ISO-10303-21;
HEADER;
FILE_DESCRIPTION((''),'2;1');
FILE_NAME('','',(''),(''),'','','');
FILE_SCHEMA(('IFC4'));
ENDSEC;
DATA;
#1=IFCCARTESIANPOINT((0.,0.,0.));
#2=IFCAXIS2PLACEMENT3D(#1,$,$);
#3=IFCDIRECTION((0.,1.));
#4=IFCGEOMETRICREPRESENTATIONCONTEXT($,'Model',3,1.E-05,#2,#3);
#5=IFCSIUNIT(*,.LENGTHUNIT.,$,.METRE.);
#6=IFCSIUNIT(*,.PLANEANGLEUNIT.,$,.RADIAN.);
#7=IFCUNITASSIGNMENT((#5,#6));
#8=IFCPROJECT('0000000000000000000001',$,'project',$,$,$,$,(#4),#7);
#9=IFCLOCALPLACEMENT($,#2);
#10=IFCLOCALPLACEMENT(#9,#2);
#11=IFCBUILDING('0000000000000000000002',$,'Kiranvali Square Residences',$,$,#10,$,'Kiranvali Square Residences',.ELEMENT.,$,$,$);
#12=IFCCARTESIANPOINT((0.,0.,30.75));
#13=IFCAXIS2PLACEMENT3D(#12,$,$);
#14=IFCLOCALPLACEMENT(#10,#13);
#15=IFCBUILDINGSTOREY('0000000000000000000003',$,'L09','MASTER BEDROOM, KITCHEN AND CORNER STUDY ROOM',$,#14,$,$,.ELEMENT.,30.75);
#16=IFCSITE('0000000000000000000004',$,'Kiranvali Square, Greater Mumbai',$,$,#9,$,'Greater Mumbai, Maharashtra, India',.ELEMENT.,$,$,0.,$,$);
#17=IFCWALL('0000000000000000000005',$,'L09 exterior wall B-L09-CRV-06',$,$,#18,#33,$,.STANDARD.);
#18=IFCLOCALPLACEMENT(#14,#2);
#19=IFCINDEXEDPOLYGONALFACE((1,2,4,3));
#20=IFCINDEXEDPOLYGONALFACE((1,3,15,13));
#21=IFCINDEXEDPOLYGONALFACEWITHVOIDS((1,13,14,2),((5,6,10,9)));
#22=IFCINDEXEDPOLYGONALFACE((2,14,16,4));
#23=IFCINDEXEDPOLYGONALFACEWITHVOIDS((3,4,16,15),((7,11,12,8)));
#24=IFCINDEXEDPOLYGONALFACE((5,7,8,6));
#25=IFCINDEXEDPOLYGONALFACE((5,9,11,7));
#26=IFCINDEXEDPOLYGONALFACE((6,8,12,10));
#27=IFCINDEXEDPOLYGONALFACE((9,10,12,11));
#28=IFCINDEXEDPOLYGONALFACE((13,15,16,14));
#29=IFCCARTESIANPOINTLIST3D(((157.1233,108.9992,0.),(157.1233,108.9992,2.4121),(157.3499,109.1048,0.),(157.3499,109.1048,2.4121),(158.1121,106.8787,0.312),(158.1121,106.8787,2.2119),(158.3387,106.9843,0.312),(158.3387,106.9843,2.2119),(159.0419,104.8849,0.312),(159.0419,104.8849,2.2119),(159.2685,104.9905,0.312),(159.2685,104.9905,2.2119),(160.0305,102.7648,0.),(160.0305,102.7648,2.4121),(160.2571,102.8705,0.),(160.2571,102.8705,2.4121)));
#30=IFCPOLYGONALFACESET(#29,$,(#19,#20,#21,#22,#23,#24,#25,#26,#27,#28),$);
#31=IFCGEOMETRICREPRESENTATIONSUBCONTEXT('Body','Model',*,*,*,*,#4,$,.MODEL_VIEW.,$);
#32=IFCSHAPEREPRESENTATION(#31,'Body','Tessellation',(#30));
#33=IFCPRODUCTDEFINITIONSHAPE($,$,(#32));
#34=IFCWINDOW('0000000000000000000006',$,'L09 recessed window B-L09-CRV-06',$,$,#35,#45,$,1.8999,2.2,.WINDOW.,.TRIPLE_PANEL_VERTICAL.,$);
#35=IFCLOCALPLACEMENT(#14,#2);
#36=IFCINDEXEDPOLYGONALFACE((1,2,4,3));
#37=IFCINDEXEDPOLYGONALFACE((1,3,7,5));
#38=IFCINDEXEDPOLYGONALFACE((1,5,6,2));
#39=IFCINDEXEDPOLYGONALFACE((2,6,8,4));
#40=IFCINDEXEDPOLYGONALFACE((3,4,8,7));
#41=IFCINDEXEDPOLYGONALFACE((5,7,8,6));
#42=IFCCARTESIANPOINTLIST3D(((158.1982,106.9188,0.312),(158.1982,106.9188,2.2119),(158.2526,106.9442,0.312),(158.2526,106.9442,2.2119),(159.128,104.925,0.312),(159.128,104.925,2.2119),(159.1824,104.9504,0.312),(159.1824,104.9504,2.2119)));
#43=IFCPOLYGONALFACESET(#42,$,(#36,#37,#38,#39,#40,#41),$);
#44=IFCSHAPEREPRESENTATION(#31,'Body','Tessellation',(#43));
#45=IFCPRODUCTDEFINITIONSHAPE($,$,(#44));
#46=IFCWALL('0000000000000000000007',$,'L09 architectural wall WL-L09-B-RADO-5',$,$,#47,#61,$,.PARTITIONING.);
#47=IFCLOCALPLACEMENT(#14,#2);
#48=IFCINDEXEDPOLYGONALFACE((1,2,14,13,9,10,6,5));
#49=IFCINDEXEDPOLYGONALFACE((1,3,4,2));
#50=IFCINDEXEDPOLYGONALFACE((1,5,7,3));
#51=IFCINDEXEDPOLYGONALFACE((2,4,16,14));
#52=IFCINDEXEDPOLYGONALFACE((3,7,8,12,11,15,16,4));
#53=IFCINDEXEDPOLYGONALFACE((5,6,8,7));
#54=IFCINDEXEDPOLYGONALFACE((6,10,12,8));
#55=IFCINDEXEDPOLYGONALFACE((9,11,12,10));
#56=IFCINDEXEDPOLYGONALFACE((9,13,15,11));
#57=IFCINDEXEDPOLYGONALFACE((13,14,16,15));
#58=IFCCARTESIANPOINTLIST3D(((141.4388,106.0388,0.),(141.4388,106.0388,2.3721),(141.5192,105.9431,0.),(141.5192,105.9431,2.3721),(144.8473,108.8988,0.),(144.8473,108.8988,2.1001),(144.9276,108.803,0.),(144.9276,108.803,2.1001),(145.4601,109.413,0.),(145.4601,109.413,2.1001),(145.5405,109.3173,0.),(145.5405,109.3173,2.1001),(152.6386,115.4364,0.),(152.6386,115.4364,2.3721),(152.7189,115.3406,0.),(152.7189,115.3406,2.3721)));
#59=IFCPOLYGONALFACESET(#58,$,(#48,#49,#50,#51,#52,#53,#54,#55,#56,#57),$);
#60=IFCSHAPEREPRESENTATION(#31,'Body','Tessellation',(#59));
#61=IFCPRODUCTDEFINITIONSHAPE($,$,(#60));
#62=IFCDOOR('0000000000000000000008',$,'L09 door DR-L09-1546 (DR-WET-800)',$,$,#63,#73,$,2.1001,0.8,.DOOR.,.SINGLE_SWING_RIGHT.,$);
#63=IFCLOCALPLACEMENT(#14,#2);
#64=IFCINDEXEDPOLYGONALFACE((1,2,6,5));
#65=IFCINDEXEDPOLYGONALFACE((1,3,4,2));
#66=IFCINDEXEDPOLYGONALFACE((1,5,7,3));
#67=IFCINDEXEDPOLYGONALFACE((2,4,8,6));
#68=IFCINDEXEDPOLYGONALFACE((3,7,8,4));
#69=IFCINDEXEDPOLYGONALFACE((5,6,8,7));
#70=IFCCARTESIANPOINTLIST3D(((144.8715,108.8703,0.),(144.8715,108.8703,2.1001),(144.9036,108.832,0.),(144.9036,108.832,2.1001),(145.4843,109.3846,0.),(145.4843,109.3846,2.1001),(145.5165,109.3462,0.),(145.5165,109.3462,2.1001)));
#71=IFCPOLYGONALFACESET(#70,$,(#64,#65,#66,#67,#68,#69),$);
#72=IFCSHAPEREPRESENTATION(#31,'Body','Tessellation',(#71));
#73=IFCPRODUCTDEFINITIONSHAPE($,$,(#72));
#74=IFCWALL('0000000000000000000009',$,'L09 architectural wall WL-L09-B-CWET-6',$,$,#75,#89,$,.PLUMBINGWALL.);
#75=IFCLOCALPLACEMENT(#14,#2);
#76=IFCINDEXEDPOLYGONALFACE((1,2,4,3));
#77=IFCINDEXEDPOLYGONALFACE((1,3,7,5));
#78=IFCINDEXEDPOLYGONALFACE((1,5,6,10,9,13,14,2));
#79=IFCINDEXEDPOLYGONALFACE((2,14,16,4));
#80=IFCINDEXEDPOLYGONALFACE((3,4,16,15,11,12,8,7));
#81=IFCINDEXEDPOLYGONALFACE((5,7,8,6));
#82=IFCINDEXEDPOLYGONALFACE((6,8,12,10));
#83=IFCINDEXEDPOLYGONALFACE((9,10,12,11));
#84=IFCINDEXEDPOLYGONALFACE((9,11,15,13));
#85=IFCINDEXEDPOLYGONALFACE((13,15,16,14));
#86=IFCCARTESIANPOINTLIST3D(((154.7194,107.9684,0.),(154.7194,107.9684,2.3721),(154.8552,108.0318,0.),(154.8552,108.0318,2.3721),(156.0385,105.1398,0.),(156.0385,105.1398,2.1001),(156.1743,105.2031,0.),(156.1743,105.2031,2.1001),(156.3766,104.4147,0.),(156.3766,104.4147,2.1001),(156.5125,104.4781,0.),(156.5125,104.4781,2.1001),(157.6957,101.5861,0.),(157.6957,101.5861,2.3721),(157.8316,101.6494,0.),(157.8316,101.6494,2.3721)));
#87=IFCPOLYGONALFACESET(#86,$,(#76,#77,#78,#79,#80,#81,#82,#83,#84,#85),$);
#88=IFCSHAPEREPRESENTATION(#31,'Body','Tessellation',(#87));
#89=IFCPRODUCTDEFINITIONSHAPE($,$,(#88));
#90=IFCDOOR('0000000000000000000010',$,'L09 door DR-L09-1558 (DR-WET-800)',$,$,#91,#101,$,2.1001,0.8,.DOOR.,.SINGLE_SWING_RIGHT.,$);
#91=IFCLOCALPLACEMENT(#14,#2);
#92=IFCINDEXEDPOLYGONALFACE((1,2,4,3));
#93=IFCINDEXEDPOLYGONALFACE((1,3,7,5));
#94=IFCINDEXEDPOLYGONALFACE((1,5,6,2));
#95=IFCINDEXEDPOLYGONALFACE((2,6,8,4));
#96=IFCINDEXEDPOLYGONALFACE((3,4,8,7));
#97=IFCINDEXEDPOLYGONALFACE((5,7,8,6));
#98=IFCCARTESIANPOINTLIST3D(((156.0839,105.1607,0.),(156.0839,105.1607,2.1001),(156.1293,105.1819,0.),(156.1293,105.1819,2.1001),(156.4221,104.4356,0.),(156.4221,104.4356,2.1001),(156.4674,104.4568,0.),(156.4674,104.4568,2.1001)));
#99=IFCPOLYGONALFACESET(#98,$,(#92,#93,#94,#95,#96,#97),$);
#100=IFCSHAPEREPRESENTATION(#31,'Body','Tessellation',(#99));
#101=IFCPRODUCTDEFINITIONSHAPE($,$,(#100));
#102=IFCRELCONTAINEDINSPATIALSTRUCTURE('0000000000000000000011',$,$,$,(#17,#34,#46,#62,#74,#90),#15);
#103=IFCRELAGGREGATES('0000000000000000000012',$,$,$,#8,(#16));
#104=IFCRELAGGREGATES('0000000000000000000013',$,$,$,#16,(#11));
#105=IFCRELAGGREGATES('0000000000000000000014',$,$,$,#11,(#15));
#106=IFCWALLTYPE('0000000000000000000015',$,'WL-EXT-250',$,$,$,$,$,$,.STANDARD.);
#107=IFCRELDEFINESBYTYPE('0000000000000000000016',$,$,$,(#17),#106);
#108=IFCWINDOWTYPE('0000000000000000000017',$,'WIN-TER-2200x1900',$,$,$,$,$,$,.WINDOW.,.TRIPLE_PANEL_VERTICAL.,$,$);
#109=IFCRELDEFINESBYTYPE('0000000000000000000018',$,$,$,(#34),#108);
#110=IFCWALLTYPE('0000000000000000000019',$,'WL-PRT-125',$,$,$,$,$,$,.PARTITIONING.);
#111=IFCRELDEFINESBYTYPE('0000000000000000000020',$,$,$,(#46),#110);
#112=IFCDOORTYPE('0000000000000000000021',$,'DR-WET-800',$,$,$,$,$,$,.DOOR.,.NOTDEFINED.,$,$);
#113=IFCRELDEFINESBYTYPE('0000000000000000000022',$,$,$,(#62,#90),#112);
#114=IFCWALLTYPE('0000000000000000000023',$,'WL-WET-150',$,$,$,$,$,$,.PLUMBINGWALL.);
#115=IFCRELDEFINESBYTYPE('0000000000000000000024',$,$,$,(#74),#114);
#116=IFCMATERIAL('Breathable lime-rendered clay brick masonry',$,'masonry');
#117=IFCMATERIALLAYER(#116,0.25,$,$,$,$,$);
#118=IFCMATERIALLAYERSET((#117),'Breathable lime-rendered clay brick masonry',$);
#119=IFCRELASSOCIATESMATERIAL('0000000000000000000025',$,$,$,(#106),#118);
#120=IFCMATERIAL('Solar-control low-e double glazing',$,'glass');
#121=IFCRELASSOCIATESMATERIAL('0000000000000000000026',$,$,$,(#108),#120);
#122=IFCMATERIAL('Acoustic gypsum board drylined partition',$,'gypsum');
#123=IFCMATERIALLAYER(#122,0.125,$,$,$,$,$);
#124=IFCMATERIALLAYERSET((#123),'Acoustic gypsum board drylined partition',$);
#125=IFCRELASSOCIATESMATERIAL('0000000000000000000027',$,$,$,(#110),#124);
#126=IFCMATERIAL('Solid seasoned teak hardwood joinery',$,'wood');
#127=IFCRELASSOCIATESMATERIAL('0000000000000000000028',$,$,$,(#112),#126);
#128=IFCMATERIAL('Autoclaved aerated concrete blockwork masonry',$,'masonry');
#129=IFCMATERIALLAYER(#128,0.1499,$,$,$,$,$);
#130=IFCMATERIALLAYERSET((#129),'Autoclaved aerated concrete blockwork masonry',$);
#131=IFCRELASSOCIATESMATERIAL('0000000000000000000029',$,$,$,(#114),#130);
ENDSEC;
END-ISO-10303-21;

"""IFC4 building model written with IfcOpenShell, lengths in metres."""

from ifc_helpers import new_model, si_unit, direction, frame, frame_2d, origin, place, context, subcontext, project, spatial, rectangle, extrude, material, layer, layer_set, type_object, element, fill, save


model = new_model("IFC4")

# Units and contexts
model_context = context("Model", 3, precision=1e-05, world=origin(), true_north=direction((0.0, 1.0)))
body_context = subcontext(model_context, "Body", "Model", "MODEL_VIEW")
ifc_project = project(units=[si_unit("LENGTHUNIT", "METRE"), si_unit("PLANEANGLEUNIT", "RADIAN")], contexts=[model_context])

# Site, building, storey
site_placement = place(None, origin())
site = spatial("IfcSite", under=ifc_project, at=site_placement, Name="Kiranvali Square, Greater Mumbai", LongName="Greater Mumbai, Maharashtra, India", CompositionType="ELEMENT", RefElevation=0.0)
building_placement = place(site_placement, origin())
building = spatial("IfcBuilding", under=site, at=building_placement, Name="Kiranvali Square Residences", LongName="Kiranvali Square Residences", CompositionType="ELEMENT")
storey_placement = place(building_placement, frame((0.0, 0.0, 30.75)))
storey = spatial("IfcBuildingStorey", under=building, at=storey_placement, Name="L09", Description="MASTER BEDROOM, KITCHEN AND CORNER STUDY ROOM", CompositionType="ELEMENT", Elevation=30.75)

# Shared definitions
ifc_material_1 = material(Name="Solar-control low-e double glazing", Category="glass")

# Shared definitions
ifc_material_2 = material(Name="Autoclaved aerated concrete blockwork masonry", Category="masonry")

# Wall, opening, window
ifc_material_3 = material(Name="Breathable lime-rendered clay brick masonry", Category="masonry")
ifc_layer_1 = layer(ifc_material_3, 0.25)
ifc_layer_set_1 = layer_set([ifc_layer_1], Name="Breathable lime-rendered clay brick masonry")
wall_type_1 = type_object("IfcWallType", Name="WL-EXT-250", PredefinedType="STANDARD", material=ifc_layer_set_1)
wall_1_placement = place(storey_placement, frame((157.2366, 109.052, 0.0), z_axis=(0.0, 0.0, 1.0), x_axis=(0.422629, -0.906303, 0.0)))
wall_1 = element("IfcWall", 1, at=wall_1_placement, inside=storey, type_object=wall_type_1, Name="L09 exterior wall B-L09-CRV-06", PredefinedType="STANDARD", context=body_context, shape_type="SweptSolid", body=[
    extrude(rectangle(XDim=6.8789, YDim=0.25, at=frame_2d((3.4395, 0.0))), origin(), (0.0, 0.0, 1.0), 2.4121),
])
opening_1_placement = place(wall_1_placement, frame((2.3396, 0.0, 0.312)))
opening_1 = element("IfcOpeningElement", 2, at=opening_1_placement, cuts=wall_1, PredefinedType="OPENING", context=body_context, shape_type="SweptSolid", body=[
    extrude(rectangle(XDim=2.2, YDim=1.8999, at=frame_2d((1.1001, 0.95))), frame((0.0, 0.135, 0.0), z_axis=(0.0, -1.0, 0.0), x_axis=(1.0, 0.0, 0.0)), (0.0, 0.0, 1.0), 0.27),
])
window_type = type_object("IfcWindowType", Name="WIN-TER-2200x1900", PartitioningType="TRIPLE_PANEL_VERTICAL", PredefinedType="WINDOW", material=ifc_material_1)
window_placement = place(opening_1_placement, origin())
window = element("IfcWindow", 3, at=window_placement, inside=storey, type_object=window_type, Name="L09 recessed window B-L09-CRV-06", OverallHeight=1.8999, OverallWidth=2.2, PartitioningType="TRIPLE_PANEL_VERTICAL", PredefinedType="WINDOW", context=body_context, shape_type="SweptSolid", body=[
    extrude(rectangle(XDim=2.2, YDim=1.8999, at=frame_2d((1.1001, 0.95))), frame((0.0, 0.03, 0.0), z_axis=(0.0, -1.0, 0.0), x_axis=(1.0, 0.0, 0.0)), (0.0, 0.0, 1.0), 0.0601),
])
fill(opening_1, window)

# Walls, openings, doors
ifc_material_4 = material(Name="Acoustic gypsum board drylined partition", Category="gypsum")
ifc_layer_2 = layer(ifc_material_4, 0.125)
ifc_layer_set_2 = layer_set([ifc_layer_2], Name="Acoustic gypsum board drylined partition")
wall_type_2 = type_object("IfcWallType", Name="WL-PRT-125", PredefinedType="PARTITIONING", material=ifc_layer_set_2)
wall_2_placement = place(storey_placement, frame((141.479, 105.991, 0.0), z_axis=(0.0, 0.0, 1.0), x_axis=(0.766051, 0.642779, 0.0)))
wall_2 = element("IfcWall", 4, at=wall_2_placement, inside=storey, type_object=wall_type_2, Name="L09 architectural wall WL-L09-B-RADO-5", PredefinedType="PARTITIONING", context=body_context, shape_type="SweptSolid", body=[
    extrude(rectangle(XDim=14.6201, YDim=0.125, at=frame_2d((7.3101, 0.0))), origin(), (0.0, 0.0, 1.0), 2.3721),
])
opening_2_placement = place(wall_2_placement, frame((4.4495, 0.0, 0.0)))
opening_2 = element("IfcOpeningElement", 5, at=opening_2_placement, cuts=wall_2, PredefinedType="OPENING", context=body_context, shape_type="SweptSolid", body=[
    extrude(rectangle(XDim=0.8, YDim=2.1001, at=frame_2d((0.3999, 1.05))), frame((0.0, 0.0725, 0.0), z_axis=(0.0, -1.0, 0.0), x_axis=(1.0, 0.0, 0.0)), (0.0, 0.0, 1.0), 0.145),
])
ifc_material_5 = material(Name="Solid seasoned teak hardwood joinery", Category="wood")
door_type = type_object("IfcDoorType", Name="DR-WET-800", OperationType="NOTDEFINED", PredefinedType="DOOR", material=ifc_material_5)
door_1_placement = place(opening_2_placement, frame((0.8, 0.0, 0.0), z_axis=(0.0, 0.0, 1.0), x_axis=(-1.0, 0.0, 0.0)))
door_1 = element("IfcDoor", 6, at=door_1_placement, inside=storey, type_object=door_type, Name="L09 door DR-L09-1546 (DR-WET-800)", OperationType="SINGLE_SWING_RIGHT", OverallHeight=2.1001, OverallWidth=0.8, PredefinedType="DOOR", context=body_context, shape_type="SweptSolid", body=[
    extrude(rectangle(XDim=0.8, YDim=2.1001, at=frame_2d((0.3999, 1.05))), frame((0.0, 0.0249, 0.0), z_axis=(0.0, -1.0, 0.0), x_axis=(1.0, 0.0, 0.0)), (0.0, 0.0, 1.0), 0.05),
])
fill(opening_2, door_1)
ifc_layer_3 = layer(ifc_material_2, 0.1499)
ifc_layer_set_3 = layer_set([ifc_layer_3], Name="Autoclaved aerated concrete blockwork masonry")
wall_type_3 = type_object("IfcWallType", Name="WL-WET-150", PredefinedType="PLUMBINGWALL", material=ifc_layer_set_3)
wall_3_placement = place(storey_placement, frame((154.7874, 108.0, 0.0), z_axis=(0.0, 0.0, 1.0), x_axis=(0.422641, -0.906297, 0.0)))
wall_3 = element("IfcWall", 7, at=wall_3_placement, inside=storey, type_object=wall_type_3, Name="L09 architectural wall WL-L09-B-CWET-6", PredefinedType="PLUMBINGWALL", context=body_context, shape_type="SweptSolid", body=[
    extrude(rectangle(XDim=7.0422, YDim=0.1499, at=frame_2d((3.521, 0.0))), origin(), (0.0, 0.0, 1.0), 2.3721),
])
opening_3_placement = place(wall_3_placement, frame((3.1211, 0.0, 0.0)))
opening_3 = element("IfcOpeningElement", 8, at=opening_3_placement, cuts=wall_3, PredefinedType="OPENING", context=body_context, shape_type="SweptSolid", body=[
    extrude(rectangle(XDim=0.8, YDim=2.1001, at=frame_2d((0.3999, 1.05))), frame((0.0, 0.085, 0.0), z_axis=(0.0, -1.0, 0.0), x_axis=(1.0, 0.0, 0.0)), (0.0, 0.0, 1.0), 0.1699),
])
door_2_placement = place(opening_3_placement, frame((0.8, 0.0, 0.0), z_axis=(0.0, 0.0, 1.0), x_axis=(-1.0, 0.0, 0.0)))
door_2 = element("IfcDoor", 9, at=door_2_placement, inside=storey, type_object=door_type, Name="L09 door DR-L09-1558 (DR-WET-800)", OperationType="SINGLE_SWING_RIGHT", OverallHeight=2.1001, OverallWidth=0.8, PredefinedType="DOOR", context=body_context, shape_type="SweptSolid", body=[
    extrude(rectangle(XDim=0.8, YDim=2.1001, at=frame_2d((0.3999, 1.05))), frame((0.0, 0.0249, 0.0), z_axis=(0.0, -1.0, 0.0), x_axis=(1.0, 0.0, 0.0)), (0.0, 0.0, 1.0), 0.05),
])
fill(opening_3, door_2)

save(model, "model.ifc")
